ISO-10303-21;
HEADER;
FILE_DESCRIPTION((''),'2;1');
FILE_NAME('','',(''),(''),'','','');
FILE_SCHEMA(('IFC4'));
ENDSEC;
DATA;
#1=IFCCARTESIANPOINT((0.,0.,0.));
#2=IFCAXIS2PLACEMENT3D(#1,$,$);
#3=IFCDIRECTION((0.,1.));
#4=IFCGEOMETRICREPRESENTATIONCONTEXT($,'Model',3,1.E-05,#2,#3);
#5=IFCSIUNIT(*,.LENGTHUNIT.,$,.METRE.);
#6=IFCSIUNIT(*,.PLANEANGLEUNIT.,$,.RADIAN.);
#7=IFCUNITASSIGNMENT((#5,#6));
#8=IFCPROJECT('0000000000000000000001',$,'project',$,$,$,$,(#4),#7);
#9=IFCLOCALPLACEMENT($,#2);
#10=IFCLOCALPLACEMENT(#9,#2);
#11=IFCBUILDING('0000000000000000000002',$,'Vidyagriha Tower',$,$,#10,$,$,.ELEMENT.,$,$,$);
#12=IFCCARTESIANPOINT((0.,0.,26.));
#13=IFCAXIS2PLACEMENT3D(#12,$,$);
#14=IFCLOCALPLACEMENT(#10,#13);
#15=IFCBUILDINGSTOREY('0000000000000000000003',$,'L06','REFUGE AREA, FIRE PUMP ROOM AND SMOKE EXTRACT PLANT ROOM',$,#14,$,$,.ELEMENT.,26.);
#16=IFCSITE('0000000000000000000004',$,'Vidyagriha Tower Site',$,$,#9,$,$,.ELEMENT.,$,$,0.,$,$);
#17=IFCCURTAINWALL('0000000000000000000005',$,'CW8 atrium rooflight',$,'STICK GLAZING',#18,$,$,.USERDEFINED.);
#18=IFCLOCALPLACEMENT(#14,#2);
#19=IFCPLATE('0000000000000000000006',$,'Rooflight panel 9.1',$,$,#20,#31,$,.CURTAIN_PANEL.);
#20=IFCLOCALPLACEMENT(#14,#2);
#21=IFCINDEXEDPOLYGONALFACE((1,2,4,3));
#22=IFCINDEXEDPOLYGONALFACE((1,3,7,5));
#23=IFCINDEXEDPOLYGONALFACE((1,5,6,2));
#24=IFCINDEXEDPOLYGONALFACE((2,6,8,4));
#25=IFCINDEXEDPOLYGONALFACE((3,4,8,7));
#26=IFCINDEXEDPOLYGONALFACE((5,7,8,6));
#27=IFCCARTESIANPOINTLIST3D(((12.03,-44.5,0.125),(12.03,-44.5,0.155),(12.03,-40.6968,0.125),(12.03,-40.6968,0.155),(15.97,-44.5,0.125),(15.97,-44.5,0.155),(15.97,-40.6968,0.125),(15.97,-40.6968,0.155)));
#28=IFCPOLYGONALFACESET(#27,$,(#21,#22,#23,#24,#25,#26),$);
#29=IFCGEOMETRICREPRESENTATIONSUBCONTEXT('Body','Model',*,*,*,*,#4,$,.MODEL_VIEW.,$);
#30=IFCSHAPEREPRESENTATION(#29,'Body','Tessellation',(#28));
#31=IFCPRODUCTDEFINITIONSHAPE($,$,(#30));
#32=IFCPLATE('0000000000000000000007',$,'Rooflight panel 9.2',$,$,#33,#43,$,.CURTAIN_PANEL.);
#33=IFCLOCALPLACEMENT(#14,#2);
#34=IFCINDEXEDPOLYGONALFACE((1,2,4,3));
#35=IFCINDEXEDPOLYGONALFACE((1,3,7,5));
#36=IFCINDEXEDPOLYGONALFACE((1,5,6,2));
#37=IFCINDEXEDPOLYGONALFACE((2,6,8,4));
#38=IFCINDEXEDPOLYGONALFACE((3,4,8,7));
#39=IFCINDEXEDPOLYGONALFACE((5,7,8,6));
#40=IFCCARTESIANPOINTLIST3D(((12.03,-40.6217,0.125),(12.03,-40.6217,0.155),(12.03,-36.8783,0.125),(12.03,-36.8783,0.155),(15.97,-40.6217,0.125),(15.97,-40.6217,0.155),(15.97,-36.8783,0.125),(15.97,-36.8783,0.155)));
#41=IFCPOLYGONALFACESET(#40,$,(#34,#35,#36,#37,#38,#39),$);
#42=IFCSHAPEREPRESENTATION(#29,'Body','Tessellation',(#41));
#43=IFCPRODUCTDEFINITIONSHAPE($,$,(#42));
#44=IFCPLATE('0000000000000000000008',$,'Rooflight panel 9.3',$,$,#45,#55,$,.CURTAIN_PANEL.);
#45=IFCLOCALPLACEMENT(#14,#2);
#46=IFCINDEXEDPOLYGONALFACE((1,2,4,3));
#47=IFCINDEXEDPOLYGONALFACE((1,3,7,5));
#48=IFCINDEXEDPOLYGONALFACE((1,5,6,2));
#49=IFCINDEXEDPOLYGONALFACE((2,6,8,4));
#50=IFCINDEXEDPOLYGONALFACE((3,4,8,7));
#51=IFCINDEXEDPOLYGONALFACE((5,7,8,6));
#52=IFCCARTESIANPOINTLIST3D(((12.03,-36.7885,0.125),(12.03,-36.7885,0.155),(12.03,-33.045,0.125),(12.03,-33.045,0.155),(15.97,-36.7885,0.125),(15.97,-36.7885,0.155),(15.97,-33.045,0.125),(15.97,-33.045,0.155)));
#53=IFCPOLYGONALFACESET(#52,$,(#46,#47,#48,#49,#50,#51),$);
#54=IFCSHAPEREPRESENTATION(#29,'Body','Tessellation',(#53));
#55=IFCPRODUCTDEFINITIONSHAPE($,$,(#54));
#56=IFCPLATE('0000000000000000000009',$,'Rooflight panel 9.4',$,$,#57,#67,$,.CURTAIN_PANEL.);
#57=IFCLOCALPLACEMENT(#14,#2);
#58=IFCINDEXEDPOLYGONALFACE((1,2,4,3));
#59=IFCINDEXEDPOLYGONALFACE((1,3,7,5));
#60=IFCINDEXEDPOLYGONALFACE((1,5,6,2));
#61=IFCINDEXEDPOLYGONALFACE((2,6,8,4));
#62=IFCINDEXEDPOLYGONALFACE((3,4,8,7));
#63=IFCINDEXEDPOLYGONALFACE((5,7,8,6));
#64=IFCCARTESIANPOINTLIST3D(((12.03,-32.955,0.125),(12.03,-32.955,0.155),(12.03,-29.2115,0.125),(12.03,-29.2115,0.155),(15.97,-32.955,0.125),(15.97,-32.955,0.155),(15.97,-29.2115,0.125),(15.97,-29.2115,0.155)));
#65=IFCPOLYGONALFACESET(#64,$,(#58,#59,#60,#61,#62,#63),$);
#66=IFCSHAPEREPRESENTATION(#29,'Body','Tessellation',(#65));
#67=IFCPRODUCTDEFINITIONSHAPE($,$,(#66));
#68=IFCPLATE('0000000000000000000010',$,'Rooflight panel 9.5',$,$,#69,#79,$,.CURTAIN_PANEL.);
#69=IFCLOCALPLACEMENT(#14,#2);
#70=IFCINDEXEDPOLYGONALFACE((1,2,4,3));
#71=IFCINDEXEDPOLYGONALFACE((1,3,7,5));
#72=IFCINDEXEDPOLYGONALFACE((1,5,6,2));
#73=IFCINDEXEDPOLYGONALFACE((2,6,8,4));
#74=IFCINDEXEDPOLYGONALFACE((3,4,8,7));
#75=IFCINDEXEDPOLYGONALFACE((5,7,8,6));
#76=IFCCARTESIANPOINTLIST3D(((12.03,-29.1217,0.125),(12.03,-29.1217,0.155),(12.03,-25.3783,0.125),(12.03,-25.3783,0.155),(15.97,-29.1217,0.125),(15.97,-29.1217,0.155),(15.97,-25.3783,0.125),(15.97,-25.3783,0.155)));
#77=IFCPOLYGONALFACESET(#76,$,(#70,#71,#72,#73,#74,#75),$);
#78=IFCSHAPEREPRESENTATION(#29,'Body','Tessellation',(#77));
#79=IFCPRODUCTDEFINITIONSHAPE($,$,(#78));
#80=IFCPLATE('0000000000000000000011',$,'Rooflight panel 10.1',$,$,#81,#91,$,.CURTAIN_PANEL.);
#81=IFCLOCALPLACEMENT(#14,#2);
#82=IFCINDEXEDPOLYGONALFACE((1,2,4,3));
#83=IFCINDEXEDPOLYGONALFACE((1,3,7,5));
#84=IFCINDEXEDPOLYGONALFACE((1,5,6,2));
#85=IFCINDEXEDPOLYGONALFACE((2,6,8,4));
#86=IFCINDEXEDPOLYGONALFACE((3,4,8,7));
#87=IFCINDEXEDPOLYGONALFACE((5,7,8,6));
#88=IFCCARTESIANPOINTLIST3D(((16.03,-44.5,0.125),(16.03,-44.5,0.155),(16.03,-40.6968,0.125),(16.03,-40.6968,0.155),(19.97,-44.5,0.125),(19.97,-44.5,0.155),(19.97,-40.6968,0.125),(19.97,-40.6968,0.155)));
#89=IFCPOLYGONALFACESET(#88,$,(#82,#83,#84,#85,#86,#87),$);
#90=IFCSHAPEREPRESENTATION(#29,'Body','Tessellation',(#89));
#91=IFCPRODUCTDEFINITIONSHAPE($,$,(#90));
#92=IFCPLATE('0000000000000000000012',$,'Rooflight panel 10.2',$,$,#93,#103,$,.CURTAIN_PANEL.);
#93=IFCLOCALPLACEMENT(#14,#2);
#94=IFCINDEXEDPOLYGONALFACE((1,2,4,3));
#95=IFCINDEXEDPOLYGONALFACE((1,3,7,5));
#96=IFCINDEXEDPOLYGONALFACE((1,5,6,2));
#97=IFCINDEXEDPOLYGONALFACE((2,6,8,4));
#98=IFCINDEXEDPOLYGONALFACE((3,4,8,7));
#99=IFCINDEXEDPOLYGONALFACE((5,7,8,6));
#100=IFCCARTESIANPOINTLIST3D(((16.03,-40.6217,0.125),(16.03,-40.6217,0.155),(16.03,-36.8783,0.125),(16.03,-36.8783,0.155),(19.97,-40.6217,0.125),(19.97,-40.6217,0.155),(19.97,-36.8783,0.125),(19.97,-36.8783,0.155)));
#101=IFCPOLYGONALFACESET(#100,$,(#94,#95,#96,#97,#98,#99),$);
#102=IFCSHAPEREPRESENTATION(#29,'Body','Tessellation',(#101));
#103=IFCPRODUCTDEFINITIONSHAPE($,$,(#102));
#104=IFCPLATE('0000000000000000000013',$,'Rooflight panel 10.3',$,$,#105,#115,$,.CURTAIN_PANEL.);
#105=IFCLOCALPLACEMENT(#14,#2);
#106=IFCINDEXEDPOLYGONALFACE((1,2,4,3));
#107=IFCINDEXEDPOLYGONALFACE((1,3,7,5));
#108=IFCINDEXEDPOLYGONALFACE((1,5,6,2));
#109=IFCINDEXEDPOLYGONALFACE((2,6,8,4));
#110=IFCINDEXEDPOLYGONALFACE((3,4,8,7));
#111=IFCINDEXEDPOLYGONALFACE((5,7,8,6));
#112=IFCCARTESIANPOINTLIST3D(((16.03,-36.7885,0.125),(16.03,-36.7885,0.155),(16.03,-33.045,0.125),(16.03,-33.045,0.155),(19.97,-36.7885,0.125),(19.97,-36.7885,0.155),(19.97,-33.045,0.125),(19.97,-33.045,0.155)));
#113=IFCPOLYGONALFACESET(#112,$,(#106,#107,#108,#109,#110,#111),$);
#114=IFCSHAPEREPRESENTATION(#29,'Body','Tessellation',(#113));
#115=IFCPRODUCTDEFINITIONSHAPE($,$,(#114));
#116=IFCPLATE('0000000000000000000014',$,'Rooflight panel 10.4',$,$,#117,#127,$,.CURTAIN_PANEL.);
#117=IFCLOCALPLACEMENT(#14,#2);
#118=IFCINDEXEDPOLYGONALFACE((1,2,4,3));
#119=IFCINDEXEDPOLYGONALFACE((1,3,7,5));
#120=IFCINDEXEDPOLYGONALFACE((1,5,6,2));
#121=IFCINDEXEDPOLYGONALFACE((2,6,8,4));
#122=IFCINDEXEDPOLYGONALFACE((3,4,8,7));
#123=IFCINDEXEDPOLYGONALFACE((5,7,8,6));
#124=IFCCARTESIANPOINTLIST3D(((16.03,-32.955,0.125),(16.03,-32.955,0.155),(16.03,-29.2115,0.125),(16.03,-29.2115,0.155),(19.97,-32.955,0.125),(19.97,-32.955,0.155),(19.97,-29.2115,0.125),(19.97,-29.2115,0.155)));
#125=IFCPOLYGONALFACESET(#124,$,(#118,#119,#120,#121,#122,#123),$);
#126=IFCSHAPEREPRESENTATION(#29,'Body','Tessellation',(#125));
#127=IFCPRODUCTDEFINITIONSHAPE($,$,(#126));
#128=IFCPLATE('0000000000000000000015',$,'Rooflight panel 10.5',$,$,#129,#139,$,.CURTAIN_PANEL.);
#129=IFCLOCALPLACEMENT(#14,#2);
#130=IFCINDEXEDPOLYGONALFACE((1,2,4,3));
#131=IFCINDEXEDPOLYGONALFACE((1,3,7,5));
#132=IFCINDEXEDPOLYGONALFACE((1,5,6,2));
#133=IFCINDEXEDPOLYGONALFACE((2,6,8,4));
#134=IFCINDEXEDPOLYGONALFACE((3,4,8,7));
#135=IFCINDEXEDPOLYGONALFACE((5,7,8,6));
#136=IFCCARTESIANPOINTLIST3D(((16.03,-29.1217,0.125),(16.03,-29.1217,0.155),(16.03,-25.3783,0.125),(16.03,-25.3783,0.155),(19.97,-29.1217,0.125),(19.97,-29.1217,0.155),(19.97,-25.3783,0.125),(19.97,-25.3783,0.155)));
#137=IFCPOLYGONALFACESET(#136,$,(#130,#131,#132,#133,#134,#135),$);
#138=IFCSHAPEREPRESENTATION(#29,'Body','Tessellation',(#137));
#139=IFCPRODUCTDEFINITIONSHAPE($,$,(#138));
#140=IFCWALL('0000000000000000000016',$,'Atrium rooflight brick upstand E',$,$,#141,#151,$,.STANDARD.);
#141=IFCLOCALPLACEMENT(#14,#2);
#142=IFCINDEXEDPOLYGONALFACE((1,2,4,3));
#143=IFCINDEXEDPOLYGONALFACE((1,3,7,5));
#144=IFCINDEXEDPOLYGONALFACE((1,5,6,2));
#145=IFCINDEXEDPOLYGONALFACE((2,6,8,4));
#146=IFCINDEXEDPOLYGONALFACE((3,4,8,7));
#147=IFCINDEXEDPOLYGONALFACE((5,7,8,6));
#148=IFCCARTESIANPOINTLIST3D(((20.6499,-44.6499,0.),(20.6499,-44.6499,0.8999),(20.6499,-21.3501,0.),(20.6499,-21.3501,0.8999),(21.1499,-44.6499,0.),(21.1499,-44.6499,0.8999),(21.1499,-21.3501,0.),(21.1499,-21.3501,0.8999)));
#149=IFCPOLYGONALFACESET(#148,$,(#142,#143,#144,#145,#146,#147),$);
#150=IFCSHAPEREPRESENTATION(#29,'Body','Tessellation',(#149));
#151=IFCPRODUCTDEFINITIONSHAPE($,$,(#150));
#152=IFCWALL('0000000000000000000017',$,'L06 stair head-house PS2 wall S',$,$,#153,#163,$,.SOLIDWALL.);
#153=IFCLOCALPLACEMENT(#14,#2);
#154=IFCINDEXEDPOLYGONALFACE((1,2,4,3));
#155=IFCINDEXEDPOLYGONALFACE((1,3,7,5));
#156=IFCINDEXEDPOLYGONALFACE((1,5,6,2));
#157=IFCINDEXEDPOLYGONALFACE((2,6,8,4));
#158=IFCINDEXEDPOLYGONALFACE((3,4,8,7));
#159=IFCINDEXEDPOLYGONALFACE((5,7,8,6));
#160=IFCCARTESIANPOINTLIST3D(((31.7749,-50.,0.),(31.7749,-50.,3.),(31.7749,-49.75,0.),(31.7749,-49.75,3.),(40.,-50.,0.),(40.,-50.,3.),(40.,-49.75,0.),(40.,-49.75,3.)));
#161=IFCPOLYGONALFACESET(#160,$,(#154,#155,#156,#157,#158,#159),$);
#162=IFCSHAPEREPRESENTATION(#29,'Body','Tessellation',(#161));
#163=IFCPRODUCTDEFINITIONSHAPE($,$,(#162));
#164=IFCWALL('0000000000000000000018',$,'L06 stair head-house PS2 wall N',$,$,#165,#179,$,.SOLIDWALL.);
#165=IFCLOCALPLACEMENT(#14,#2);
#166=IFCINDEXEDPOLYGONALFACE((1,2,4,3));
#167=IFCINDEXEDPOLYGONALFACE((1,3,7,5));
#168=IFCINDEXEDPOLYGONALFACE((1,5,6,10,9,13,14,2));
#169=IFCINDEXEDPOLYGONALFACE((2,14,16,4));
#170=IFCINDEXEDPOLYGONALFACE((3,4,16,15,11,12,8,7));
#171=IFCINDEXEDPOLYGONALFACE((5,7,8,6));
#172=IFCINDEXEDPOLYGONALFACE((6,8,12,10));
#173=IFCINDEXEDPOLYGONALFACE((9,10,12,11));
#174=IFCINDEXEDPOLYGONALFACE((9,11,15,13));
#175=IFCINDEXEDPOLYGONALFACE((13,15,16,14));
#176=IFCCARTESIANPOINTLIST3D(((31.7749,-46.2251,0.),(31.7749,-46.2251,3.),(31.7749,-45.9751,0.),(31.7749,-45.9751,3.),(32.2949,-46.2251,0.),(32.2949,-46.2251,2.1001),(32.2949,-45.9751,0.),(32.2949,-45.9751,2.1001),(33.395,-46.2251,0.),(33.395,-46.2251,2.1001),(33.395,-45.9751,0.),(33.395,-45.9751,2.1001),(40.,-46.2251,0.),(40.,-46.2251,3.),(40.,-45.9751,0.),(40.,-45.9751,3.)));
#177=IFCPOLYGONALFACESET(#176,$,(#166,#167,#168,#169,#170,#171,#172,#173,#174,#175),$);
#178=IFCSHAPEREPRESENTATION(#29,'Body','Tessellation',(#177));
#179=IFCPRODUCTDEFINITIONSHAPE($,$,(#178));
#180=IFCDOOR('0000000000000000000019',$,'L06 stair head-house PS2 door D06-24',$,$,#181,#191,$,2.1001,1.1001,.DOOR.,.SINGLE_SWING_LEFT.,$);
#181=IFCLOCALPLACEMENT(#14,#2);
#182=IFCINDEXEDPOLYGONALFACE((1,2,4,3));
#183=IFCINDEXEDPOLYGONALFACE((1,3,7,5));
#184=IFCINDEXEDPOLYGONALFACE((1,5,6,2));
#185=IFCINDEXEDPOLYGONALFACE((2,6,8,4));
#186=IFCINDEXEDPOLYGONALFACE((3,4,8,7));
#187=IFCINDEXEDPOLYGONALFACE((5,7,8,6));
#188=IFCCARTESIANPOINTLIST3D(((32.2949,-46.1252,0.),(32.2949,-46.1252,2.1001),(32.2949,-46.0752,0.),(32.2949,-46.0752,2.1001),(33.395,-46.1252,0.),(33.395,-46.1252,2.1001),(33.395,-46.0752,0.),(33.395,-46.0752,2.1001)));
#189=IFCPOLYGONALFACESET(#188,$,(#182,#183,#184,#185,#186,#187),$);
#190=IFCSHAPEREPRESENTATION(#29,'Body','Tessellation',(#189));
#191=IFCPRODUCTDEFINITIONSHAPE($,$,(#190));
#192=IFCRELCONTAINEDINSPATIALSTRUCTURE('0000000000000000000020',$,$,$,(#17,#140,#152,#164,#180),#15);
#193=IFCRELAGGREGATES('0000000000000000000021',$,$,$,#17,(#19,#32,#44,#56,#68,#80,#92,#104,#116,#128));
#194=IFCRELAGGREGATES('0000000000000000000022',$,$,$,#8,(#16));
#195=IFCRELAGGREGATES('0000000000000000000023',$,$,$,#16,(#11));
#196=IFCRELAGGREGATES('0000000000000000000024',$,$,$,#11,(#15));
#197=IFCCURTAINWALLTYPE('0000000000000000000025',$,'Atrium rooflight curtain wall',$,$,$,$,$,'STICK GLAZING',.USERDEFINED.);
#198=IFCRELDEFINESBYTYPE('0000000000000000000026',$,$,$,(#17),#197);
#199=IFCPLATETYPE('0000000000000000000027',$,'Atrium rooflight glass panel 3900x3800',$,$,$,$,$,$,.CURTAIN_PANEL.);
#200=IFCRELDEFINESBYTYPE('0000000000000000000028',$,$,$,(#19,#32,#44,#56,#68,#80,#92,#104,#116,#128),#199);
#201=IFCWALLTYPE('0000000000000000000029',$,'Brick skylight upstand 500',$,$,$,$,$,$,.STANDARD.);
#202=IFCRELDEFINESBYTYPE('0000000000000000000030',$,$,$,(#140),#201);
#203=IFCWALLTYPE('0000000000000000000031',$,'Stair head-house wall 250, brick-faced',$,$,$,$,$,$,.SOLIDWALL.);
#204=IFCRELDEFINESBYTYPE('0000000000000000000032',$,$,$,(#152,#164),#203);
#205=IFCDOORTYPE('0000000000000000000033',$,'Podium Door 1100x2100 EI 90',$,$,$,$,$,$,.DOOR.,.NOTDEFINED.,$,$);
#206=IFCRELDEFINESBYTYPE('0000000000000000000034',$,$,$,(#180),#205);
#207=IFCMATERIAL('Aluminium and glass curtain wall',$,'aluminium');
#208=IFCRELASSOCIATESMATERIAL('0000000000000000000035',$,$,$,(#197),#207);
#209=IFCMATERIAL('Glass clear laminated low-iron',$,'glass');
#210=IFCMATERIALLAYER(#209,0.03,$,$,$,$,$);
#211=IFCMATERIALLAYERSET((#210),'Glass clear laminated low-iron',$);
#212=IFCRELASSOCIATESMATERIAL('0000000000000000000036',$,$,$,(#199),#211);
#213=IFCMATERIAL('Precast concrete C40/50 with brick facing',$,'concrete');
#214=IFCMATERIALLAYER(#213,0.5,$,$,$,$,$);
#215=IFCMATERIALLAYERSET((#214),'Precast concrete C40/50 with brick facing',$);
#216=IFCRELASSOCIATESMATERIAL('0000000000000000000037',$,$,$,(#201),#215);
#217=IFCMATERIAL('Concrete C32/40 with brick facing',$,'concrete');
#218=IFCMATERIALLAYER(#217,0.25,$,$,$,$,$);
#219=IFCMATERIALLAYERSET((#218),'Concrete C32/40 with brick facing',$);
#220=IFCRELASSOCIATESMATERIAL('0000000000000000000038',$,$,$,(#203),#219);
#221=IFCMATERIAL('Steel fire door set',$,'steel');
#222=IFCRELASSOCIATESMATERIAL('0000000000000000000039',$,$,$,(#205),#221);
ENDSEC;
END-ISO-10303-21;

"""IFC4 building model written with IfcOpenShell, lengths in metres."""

from ifc_helpers import new_model, si_unit, direction, frame, frame_2d, origin, origin_2d, place, context, subcontext, project, spatial, rectangle, extrude, material, layer, layer_set, type_object, element, fill, aggregate, save


model = new_model("IFC4")

# Units and contexts
model_context = context("Model", 3, precision=1e-05, world=origin(), true_north=direction((0.0, 1.0)))
body_context = subcontext(model_context, "Body", "Model", "MODEL_VIEW")
ifc_project = project(units=[si_unit("LENGTHUNIT", "METRE"), si_unit("PLANEANGLEUNIT", "RADIAN")], contexts=[model_context])

# Site, building, storey
site_placement = place(None, origin())
site = spatial("IfcSite", under=ifc_project, at=site_placement, Name="Vidyagriha Tower Site", CompositionType="ELEMENT", RefElevation=0.0)
building_placement = place(site_placement, origin())
building = spatial("IfcBuilding", under=site, at=building_placement, Name="Vidyagriha Tower", CompositionType="ELEMENT")
storey_placement = place(building_placement, frame((0.0, 0.0, 26.0)))
storey = spatial("IfcBuildingStorey", under=building, at=storey_placement, Name="L06", Description="REFUGE AREA, FIRE PUMP ROOM AND SMOKE EXTRACT PLANT ROOM", CompositionType="ELEMENT", Elevation=26.0)

# Curtain wall, plates
ifc_material_1 = material(Name="Aluminium and glass curtain wall", Category="aluminium")
curtain_wall_type = type_object("IfcCurtainWallType", Name="Atrium rooflight curtain wall", ElementType="STICK GLAZING", PredefinedType="USERDEFINED", material=ifc_material_1)
curtain_wall_placement = place(storey_placement, origin())
curtain_wall = element("IfcCurtainWall", 1, at=curtain_wall_placement, inside=storey, type_object=curtain_wall_type, Name="CW8 atrium rooflight", ObjectType="STICK GLAZING", PredefinedType="USERDEFINED")
ifc_material_2 = material(Name="Glass clear laminated low-iron", Category="glass")
ifc_layer_1 = layer(ifc_material_2, 0.03)
ifc_layer_set_1 = layer_set([ifc_layer_1], Name="Glass clear laminated low-iron")
plate_type = type_object("IfcPlateType", Name="Atrium rooflight glass panel 3900x3800", PredefinedType="CURTAIN_PANEL", material=ifc_layer_set_1)
plate_1_placement = place(storey_placement, frame((14.0, -42.5984, 0.125)))
plate_1 = element("IfcPlate", 2, at=plate_1_placement, type_object=plate_type, Name="Rooflight panel 9.1", PredefinedType="CURTAIN_PANEL", context=body_context, shape_type="SweptSolid", body=[
    extrude(rectangle(XDim=3.9399, YDim=3.8032, at=origin_2d()), origin(), (0.0, 0.0, 1.0), 0.03),
])
plate_2_placement = place(storey_placement, frame((14.0, -38.75, 0.125)))
plate_2 = element("IfcPlate", 3, at=plate_2_placement, type_object=plate_type, Name="Rooflight panel 9.2", PredefinedType="CURTAIN_PANEL", context=body_context, shape_type="SweptSolid", body=[
    extrude(rectangle(XDim=3.9399, YDim=3.7434, at=origin_2d()), origin(), (0.0, 0.0, 1.0), 0.03),
])
plate_3_placement = place(storey_placement, frame((14.0, -34.9167, 0.125)))
plate_3 = element("IfcPlate", 4, at=plate_3_placement, type_object=plate_type, Name="Rooflight panel 9.3", PredefinedType="CURTAIN_PANEL", context=body_context, shape_type="SweptSolid", body=[
    extrude(rectangle(XDim=3.9399, YDim=3.7434, at=origin_2d()), origin(), (0.0, 0.0, 1.0), 0.03),
])
plate_4_placement = place(storey_placement, frame((14.0, -31.0833, 0.125)))
plate_4 = element("IfcPlate", 5, at=plate_4_placement, type_object=plate_type, Name="Rooflight panel 9.4", PredefinedType="CURTAIN_PANEL", context=body_context, shape_type="SweptSolid", body=[
    extrude(rectangle(XDim=3.9399, YDim=3.7434, at=origin_2d()), origin(), (0.0, 0.0, 1.0), 0.03),
])
plate_5_placement = place(storey_placement, frame((14.0, -27.25, 0.125)))
plate_5 = element("IfcPlate", 6, at=plate_5_placement, type_object=plate_type, Name="Rooflight panel 9.5", PredefinedType="CURTAIN_PANEL", context=body_context, shape_type="SweptSolid", body=[
    extrude(rectangle(XDim=3.9399, YDim=3.7434, at=origin_2d()), origin(), (0.0, 0.0, 1.0), 0.03),
])
plate_6_placement = place(storey_placement, frame((18.0, -42.5984, 0.125)))
plate_6 = element("IfcPlate", 7, at=plate_6_placement, type_object=plate_type, Name="Rooflight panel 10.1", PredefinedType="CURTAIN_PANEL", context=body_context, shape_type="SweptSolid", body=[
    extrude(rectangle(XDim=3.9399, YDim=3.8032, at=origin_2d()), origin(), (0.0, 0.0, 1.0), 0.03),
])
plate_7_placement = place(storey_placement, frame((18.0, -38.75, 0.125)))
plate_7 = element("IfcPlate", 8, at=plate_7_placement, type_object=plate_type, Name="Rooflight panel 10.2", PredefinedType="CURTAIN_PANEL", context=body_context, shape_type="SweptSolid", body=[
    extrude(rectangle(XDim=3.9399, YDim=3.7434, at=origin_2d()), origin(), (0.0, 0.0, 1.0), 0.03),
])
plate_8_placement = place(storey_placement, frame((18.0, -34.9167, 0.125)))
plate_8 = element("IfcPlate", 9, at=plate_8_placement, type_object=plate_type, Name="Rooflight panel 10.3", PredefinedType="CURTAIN_PANEL", context=body_context, shape_type="SweptSolid", body=[
    extrude(rectangle(XDim=3.9399, YDim=3.7434, at=origin_2d()), origin(), (0.0, 0.0, 1.0), 0.03),
])
plate_9_placement = place(storey_placement, frame((18.0, -31.0833, 0.125)))
plate_9 = element("IfcPlate", 10, at=plate_9_placement, type_object=plate_type, Name="Rooflight panel 10.4", PredefinedType="CURTAIN_PANEL", context=body_context, shape_type="SweptSolid", body=[
    extrude(rectangle(XDim=3.9399, YDim=3.7434, at=origin_2d()), origin(), (0.0, 0.0, 1.0), 0.03),
])
plate_10_placement = place(storey_placement, frame((18.0, -27.25, 0.125)))
plate_10 = element("IfcPlate", 11, at=plate_10_placement, type_object=plate_type, Name="Rooflight panel 10.5", PredefinedType="CURTAIN_PANEL", context=body_context, shape_type="SweptSolid", body=[
    extrude(rectangle(XDim=3.9399, YDim=3.7434, at=origin_2d()), origin(), (0.0, 0.0, 1.0), 0.03),
])
aggregate(curtain_wall, [plate_1, plate_2, plate_3, plate_4, plate_5, plate_6, plate_7, plate_8, plate_9, plate_10])

# Walls
ifc_material_3 = material(Name="Precast concrete C40/50 with brick facing", Category="concrete")
ifc_layer_2 = layer(ifc_material_3, 0.5)
ifc_layer_set_2 = layer_set([ifc_layer_2], Name="Precast concrete C40/50 with brick facing")
wall_type_1 = type_object("IfcWallType", Name="Brick skylight upstand 500", PredefinedType="STANDARD", material=ifc_layer_set_2)
wall_1_placement = place(storey_placement, frame((20.8999, -44.6499, 0.0), z_axis=(0.0, 0.0, 1.0), x_axis=(0.0, 1.0, 0.0)))
element("IfcWall", 12, at=wall_1_placement, inside=storey, type_object=wall_type_1, Name="Atrium rooflight brick upstand E", PredefinedType="STANDARD", context=body_context, shape_type="SweptSolid", body=[
    extrude(rectangle(XDim=23.2998, YDim=0.5, at=frame_2d((11.6499, 0.0))), origin(), (0.0, 0.0, 1.0), 0.8999),
])
ifc_material_4 = material(Name="Concrete C32/40 with brick facing", Category="concrete")
ifc_layer_3 = layer(ifc_material_4, 0.25)
ifc_layer_set_3 = layer_set([ifc_layer_3], Name="Concrete C32/40 with brick facing")
wall_type_2 = type_object("IfcWallType", Name="Stair head-house wall 250, brick-faced", PredefinedType="SOLIDWALL", material=ifc_layer_set_3)
wall_2_placement = place(storey_placement, frame((31.7749, -49.875, 0.0)))
element("IfcWall", 13, at=wall_2_placement, inside=storey, type_object=wall_type_2, Name="L06 stair head-house PS2 wall S", PredefinedType="SOLIDWALL", context=body_context, shape_type="SweptSolid", body=[
    extrude(rectangle(XDim=8.2251, YDim=0.25, at=frame_2d((4.1125, 0.0))), origin(), (0.0, 0.0, 1.0), 3.0),
])

# Wall, opening, door
wall_3_placement = place(storey_placement, frame((31.7749, -46.1001, 0.0)))
wall_3 = element("IfcWall", 14, at=wall_3_placement, inside=storey, type_object=wall_type_2, Name="L06 stair head-house PS2 wall N", PredefinedType="SOLIDWALL", context=body_context, shape_type="SweptSolid", body=[
    extrude(rectangle(XDim=8.2251, YDim=0.25, at=frame_2d((4.1125, 0.0))), origin(), (0.0, 0.0, 1.0), 3.0),
])
opening_placement = place(wall_3_placement, frame((0.52, 0.0, 0.0)))
opening = element("IfcOpeningElement", 15, at=opening_placement, cuts=wall_3, PredefinedType="OPENING", context=body_context, shape_type="SweptSolid", body=[
    extrude(rectangle(XDim=1.1001, YDim=2.1001, at=frame_2d((0.55, 1.05))), frame((0.0, 0.135, 0.0), z_axis=(0.0, -1.0, 0.0), x_axis=(1.0, 0.0, 0.0)), (0.0, 0.0, 1.0), 0.27),
])
ifc_material_5 = material(Name="Steel fire door set", Category="steel")
door_type = type_object("IfcDoorType", Name="Podium Door 1100x2100 EI 90", OperationType="NOTDEFINED", PredefinedType="DOOR", material=ifc_material_5)
door_placement = place(opening_placement, origin())
door = element("IfcDoor", 16, at=door_placement, inside=storey, type_object=door_type, Name="L06 stair head-house PS2 door D06-24", OperationType="SINGLE_SWING_LEFT", OverallHeight=2.1001, OverallWidth=1.1001, PredefinedType="DOOR", context=body_context, shape_type="SweptSolid", body=[
    extrude(rectangle(XDim=1.1001, YDim=2.1001, at=frame_2d((0.55, 1.05))), frame((0.0, 0.0249, 0.0), z_axis=(0.0, -1.0, 0.0), x_axis=(1.0, 0.0, 0.0)), (0.0, 0.0, 1.0), 0.05),
])
fill(opening, door)

save(model, "model.ifc")
